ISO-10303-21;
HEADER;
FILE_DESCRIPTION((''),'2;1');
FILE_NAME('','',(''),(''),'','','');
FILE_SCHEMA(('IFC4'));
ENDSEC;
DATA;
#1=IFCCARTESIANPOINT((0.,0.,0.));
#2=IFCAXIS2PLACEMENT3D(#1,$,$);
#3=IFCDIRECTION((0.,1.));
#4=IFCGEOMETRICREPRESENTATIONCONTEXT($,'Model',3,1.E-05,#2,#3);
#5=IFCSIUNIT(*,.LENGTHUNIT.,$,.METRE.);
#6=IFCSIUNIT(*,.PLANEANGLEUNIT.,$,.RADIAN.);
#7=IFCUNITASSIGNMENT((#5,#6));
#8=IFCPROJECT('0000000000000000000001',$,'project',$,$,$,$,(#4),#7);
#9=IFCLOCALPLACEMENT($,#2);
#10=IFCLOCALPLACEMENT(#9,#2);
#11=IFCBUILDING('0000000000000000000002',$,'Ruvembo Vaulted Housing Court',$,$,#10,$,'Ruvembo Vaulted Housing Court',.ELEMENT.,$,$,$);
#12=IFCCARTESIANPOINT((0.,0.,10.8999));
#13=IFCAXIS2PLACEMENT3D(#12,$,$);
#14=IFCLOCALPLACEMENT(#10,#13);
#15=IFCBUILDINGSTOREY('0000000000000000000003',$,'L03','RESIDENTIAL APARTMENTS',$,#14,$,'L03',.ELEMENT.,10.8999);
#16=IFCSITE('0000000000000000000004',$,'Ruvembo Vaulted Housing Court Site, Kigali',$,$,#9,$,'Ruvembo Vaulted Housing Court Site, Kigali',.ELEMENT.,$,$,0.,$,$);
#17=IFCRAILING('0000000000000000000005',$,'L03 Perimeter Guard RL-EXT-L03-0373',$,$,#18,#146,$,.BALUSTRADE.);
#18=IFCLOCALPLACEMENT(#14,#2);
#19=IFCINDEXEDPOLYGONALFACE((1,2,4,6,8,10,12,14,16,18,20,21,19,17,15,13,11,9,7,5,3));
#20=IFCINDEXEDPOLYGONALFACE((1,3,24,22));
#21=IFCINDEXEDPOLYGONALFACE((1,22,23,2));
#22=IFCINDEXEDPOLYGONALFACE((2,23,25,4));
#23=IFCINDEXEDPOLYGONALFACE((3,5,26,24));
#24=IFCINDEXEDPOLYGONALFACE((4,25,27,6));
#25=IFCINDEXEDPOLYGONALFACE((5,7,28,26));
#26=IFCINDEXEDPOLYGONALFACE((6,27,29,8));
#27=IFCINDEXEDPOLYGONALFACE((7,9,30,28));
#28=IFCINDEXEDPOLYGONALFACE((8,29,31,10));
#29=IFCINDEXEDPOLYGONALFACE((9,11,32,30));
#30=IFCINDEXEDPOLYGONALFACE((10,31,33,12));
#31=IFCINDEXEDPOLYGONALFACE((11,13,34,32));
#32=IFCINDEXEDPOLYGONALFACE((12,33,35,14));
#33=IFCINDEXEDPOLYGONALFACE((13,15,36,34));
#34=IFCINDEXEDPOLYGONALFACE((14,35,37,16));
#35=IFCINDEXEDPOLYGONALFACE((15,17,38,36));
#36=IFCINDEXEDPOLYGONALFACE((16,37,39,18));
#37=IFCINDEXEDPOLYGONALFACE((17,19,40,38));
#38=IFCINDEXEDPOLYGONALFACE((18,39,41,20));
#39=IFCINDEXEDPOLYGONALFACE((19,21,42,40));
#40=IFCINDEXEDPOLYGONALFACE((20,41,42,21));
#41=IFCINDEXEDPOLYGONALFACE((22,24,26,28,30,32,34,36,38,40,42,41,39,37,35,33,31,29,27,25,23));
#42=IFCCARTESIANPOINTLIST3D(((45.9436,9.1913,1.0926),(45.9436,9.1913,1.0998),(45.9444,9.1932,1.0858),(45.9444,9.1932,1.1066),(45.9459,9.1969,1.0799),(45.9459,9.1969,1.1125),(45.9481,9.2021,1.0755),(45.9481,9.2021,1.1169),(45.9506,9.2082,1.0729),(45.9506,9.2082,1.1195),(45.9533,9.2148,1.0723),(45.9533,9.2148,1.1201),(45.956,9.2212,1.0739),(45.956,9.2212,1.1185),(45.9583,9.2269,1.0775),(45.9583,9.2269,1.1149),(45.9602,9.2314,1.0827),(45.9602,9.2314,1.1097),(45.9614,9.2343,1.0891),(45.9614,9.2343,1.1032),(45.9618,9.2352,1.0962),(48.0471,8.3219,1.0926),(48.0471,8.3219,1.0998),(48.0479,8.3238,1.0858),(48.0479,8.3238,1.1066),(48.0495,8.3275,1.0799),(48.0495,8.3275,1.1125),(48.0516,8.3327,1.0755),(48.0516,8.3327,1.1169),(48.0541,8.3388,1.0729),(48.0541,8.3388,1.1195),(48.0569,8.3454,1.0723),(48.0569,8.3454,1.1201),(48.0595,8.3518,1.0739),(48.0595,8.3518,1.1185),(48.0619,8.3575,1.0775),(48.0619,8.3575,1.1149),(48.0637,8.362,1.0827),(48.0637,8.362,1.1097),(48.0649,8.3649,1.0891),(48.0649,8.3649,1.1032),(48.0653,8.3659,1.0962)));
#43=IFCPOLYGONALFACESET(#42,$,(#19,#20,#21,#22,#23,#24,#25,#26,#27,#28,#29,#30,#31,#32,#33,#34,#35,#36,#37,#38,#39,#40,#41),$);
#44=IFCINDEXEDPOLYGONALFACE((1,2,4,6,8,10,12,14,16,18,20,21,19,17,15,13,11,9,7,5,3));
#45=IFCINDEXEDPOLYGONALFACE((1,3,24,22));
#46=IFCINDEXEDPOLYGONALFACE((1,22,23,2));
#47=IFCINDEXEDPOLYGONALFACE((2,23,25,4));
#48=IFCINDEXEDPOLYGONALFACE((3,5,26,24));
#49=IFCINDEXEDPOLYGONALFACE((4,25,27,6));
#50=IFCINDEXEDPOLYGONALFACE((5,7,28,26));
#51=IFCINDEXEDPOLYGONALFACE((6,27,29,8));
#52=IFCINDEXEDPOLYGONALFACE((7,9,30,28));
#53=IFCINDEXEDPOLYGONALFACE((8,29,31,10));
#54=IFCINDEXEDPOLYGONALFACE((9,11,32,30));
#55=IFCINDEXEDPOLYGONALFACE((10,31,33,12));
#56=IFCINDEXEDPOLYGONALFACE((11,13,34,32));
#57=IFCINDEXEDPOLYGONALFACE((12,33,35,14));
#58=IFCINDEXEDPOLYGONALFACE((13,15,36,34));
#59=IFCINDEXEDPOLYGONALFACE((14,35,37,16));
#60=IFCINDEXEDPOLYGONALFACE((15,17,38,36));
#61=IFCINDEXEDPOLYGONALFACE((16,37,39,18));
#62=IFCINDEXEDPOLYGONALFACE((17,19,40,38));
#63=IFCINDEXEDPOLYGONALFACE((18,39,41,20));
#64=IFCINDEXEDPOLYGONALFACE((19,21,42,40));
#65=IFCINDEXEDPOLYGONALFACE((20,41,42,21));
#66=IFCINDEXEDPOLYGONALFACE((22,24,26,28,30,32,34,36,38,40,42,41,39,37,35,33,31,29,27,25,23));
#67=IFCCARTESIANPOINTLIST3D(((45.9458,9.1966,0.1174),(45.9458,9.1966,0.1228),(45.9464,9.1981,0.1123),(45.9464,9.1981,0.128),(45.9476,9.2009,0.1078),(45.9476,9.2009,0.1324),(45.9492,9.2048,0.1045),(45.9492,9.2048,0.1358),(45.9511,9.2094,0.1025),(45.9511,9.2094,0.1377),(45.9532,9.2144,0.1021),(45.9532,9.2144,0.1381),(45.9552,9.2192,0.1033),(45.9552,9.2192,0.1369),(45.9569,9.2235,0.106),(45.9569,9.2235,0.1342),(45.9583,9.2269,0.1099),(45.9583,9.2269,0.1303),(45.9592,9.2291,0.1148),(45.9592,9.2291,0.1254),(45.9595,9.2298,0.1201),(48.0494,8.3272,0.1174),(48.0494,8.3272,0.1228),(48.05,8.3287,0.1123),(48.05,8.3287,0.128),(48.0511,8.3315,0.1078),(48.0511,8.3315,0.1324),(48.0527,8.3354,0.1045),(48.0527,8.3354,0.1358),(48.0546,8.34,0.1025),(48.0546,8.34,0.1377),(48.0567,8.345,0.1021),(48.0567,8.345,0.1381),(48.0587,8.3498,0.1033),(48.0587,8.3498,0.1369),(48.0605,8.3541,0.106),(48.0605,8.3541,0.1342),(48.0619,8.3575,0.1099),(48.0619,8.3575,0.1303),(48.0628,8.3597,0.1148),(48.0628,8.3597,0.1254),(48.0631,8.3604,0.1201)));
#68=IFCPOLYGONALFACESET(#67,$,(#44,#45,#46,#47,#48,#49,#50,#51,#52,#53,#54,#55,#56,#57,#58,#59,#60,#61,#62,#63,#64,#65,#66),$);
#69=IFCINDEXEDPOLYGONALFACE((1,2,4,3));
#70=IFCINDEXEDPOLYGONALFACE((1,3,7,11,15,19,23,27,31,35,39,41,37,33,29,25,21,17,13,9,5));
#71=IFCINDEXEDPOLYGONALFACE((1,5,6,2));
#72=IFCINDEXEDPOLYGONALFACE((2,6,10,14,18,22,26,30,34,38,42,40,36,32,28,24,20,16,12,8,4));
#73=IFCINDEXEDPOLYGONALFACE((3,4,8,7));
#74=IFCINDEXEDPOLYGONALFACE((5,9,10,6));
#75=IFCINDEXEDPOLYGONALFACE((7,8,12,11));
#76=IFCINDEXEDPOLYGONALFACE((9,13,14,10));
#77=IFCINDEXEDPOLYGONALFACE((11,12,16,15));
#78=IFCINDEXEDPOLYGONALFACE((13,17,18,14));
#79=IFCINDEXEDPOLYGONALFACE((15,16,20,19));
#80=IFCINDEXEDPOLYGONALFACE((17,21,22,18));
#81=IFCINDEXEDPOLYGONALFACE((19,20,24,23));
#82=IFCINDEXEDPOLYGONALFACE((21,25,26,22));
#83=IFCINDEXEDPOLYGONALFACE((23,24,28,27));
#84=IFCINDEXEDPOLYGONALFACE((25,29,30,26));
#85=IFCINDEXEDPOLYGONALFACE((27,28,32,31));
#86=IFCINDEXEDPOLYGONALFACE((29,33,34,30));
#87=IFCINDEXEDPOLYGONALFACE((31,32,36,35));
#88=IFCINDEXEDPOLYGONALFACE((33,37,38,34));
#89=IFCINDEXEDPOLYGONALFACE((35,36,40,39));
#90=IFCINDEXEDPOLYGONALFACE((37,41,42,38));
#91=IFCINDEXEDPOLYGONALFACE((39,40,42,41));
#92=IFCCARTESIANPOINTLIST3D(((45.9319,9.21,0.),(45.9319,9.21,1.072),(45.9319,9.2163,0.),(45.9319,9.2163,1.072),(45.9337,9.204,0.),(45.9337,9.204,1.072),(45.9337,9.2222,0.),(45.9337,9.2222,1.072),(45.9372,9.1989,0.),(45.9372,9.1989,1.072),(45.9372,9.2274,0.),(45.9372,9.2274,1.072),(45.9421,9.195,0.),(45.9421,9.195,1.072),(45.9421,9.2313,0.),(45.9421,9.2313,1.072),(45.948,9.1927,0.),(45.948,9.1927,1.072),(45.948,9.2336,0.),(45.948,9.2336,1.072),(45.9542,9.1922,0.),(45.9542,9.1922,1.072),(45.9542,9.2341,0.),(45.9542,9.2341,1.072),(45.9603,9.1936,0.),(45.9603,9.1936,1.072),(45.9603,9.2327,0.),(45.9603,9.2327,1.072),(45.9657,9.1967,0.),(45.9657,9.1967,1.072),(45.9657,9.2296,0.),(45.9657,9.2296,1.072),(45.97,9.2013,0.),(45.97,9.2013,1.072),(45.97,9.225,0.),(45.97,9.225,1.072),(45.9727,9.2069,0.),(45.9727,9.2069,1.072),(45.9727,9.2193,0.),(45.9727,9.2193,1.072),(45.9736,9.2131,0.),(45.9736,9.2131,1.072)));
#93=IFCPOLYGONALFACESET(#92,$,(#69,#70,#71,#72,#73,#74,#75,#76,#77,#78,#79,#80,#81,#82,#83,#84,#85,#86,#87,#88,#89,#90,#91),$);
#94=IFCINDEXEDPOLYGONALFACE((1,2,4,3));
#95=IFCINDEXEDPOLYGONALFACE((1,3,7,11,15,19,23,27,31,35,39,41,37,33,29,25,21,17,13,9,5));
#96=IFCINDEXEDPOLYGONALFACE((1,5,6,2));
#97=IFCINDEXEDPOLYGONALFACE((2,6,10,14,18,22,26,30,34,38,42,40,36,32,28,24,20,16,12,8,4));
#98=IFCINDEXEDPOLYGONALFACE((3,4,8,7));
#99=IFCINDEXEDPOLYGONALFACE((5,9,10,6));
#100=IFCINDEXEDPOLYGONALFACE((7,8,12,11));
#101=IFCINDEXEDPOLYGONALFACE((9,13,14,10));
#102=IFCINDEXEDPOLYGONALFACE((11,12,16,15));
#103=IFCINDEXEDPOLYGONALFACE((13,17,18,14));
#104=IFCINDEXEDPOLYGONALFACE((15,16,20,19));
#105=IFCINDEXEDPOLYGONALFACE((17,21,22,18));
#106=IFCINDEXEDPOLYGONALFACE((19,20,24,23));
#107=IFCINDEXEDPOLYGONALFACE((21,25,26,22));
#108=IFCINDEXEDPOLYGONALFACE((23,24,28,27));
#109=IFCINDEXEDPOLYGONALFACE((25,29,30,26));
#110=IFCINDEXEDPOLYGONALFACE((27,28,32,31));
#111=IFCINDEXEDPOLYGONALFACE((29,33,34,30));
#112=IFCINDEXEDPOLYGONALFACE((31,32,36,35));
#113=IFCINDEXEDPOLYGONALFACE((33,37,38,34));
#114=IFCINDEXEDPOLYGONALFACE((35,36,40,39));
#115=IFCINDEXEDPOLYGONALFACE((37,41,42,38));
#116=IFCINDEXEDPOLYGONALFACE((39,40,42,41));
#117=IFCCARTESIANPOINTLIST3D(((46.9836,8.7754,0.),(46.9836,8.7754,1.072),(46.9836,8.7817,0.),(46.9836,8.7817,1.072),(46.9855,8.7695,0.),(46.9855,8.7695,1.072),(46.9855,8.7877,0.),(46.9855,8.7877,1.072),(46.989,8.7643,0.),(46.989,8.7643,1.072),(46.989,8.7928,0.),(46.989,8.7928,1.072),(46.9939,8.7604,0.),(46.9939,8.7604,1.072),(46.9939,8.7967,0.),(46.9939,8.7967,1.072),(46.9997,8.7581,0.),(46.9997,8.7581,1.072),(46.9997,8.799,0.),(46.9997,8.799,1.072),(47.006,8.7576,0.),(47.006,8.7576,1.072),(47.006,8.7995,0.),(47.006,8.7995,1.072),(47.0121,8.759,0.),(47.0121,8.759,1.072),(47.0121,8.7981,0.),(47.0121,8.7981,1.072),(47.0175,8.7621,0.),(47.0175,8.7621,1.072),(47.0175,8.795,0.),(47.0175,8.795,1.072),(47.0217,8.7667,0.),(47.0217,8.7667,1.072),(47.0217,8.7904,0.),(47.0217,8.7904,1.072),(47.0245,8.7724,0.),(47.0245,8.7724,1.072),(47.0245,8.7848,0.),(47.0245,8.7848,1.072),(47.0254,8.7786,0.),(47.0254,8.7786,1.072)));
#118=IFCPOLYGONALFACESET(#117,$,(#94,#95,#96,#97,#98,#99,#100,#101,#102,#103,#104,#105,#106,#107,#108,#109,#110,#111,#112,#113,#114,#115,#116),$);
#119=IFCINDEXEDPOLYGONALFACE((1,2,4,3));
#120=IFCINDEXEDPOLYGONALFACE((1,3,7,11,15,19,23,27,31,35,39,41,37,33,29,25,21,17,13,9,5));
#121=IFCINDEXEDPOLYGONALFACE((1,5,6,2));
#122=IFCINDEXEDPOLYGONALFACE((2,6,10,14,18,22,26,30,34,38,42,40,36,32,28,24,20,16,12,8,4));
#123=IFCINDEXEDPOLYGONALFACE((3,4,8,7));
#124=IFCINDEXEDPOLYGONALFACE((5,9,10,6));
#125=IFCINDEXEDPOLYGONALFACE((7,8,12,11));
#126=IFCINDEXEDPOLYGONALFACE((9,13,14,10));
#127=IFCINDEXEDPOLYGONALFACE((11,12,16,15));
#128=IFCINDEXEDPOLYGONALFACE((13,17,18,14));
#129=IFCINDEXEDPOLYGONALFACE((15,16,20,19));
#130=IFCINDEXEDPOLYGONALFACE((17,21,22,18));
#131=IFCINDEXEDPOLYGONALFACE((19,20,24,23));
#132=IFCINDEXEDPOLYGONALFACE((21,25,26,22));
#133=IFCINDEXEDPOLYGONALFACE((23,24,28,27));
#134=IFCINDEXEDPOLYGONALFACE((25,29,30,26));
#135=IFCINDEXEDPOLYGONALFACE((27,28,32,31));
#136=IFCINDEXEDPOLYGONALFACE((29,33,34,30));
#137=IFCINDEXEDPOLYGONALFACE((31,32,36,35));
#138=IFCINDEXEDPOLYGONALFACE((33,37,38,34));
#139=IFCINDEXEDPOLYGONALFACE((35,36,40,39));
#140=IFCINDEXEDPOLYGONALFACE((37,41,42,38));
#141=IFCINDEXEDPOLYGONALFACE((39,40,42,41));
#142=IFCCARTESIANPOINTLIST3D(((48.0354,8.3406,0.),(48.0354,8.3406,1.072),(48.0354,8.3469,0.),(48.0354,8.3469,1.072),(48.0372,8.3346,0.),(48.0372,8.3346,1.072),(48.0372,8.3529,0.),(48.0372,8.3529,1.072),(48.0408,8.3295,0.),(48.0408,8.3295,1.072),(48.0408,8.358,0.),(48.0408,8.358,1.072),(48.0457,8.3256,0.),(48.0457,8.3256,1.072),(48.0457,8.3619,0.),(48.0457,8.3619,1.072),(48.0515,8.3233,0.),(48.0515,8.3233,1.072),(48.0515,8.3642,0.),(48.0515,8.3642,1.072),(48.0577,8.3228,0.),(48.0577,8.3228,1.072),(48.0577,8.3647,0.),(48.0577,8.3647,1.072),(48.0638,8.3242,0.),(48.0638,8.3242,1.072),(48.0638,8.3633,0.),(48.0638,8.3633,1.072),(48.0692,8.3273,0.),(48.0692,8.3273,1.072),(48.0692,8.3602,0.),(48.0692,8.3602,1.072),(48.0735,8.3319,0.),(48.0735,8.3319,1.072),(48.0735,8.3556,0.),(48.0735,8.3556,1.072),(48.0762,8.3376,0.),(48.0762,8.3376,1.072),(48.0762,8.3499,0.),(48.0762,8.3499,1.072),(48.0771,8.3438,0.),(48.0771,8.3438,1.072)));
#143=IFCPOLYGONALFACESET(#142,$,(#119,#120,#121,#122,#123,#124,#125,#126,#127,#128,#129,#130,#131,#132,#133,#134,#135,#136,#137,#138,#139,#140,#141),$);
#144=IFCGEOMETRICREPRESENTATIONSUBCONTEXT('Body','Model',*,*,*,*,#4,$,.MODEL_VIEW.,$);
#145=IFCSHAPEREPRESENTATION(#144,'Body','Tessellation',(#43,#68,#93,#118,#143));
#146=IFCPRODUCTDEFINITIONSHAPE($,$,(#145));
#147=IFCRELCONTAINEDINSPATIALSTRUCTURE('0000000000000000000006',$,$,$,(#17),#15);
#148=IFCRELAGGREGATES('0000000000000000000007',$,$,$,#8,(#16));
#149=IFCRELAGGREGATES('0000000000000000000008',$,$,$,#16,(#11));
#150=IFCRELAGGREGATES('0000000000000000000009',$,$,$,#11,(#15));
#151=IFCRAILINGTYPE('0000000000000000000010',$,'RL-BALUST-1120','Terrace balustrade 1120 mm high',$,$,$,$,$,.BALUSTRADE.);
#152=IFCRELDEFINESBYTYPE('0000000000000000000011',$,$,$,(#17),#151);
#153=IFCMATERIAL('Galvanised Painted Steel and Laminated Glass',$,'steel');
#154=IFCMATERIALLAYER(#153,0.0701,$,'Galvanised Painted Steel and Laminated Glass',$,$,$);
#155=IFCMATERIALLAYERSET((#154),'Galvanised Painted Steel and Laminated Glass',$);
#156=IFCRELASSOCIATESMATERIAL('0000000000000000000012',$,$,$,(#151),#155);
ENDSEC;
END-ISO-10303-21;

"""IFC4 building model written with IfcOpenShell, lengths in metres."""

from ifc_helpers import new_model, si_unit, direction, frame, origin, origin_2d, place, context, subcontext, project, spatial, circle, extrude, material, layer, layer_set, type_object, element, save


model = new_model("IFC4")

# Units and contexts
model_context = context("Model", 3, precision=1e-05, world=origin(), true_north=direction((0.0, 1.0)))
body_context = subcontext(model_context, "Body", "Model", "MODEL_VIEW")
ifc_project = project(units=[si_unit("LENGTHUNIT", "METRE"), si_unit("PLANEANGLEUNIT", "RADIAN")], contexts=[model_context])

# Site, building, storey
site_placement = place(None, origin())
site = spatial("IfcSite", under=ifc_project, at=site_placement, Name="Ruvembo Vaulted Housing Court Site, Kigali", LongName="Ruvembo Vaulted Housing Court Site, Kigali", CompositionType="ELEMENT", RefElevation=0.0)
building_placement = place(site_placement, origin())
building = spatial("IfcBuilding", under=site, at=building_placement, Name="Ruvembo Vaulted Housing Court", LongName="Ruvembo Vaulted Housing Court", CompositionType="ELEMENT")
storey_placement = place(building_placement, frame((0.0, 0.0, 10.8999)))
storey = spatial("IfcBuildingStorey", under=building, at=storey_placement, Name="L03", Description="RESIDENTIAL APARTMENTS", LongName="L03", CompositionType="ELEMENT", Elevation=10.8999)

# Railing
ifc_material_1 = material(Name="Galvanised Painted Steel and Laminated Glass", Category="steel")
ifc_layer_1 = layer(ifc_material_1, 0.0701, Name="Galvanised Painted Steel and Laminated Glass")
ifc_layer_set_1 = layer_set([ifc_layer_1], Name="Galvanised Painted Steel and Laminated Glass")
railing_type = type_object("IfcRailingType", Name="RL-BALUST-1120", Description="Terrace balustrade 1120 mm high", PredefinedType="BALUSTRADE", material=ifc_layer_set_1)
railing_placement = place(storey_placement, frame((45.9526, 9.2131, 0.0)))
element("IfcRailing", 1, at=railing_placement, inside=storey, type_object=railing_type, Name="L03 Perimeter Guard RL-EXT-L03-0373", PredefinedType="BALUSTRADE", context=body_context, shape_type="SweptSolid", body=[
    extrude(circle(Radius=0.0239, at=origin_2d()), frame((0.0, 0.0, 1.0962), z_axis=(0.924177, -0.381963, 0.0), x_axis=(0.381963, 0.924177, 0.0)), (0.0, 0.0, 1.0), 2.2761),
    extrude(circle(Radius=0.0181, at=origin_2d()), frame((0.0, 0.0, 0.1201), z_axis=(0.924177, -0.381963, 0.0), x_axis=(0.381963, 0.924177, 0.0)), (0.0, 0.0, 1.0), 2.2761),
    extrude(circle(Radius=0.021, at=origin_2d()), origin(), (0.0, 0.0, 1.0), 1.072),
    extrude(circle(Radius=0.021, at=origin_2d()), frame((1.0518, -0.4346, 0.0)), (0.0, 0.0, 1.0), 1.072),
    extrude(circle(Radius=0.021, at=origin_2d()), frame((2.1035, -0.8694, 0.0)), (0.0, 0.0, 1.0), 1.072),
])

save(model, "model.ifc")
